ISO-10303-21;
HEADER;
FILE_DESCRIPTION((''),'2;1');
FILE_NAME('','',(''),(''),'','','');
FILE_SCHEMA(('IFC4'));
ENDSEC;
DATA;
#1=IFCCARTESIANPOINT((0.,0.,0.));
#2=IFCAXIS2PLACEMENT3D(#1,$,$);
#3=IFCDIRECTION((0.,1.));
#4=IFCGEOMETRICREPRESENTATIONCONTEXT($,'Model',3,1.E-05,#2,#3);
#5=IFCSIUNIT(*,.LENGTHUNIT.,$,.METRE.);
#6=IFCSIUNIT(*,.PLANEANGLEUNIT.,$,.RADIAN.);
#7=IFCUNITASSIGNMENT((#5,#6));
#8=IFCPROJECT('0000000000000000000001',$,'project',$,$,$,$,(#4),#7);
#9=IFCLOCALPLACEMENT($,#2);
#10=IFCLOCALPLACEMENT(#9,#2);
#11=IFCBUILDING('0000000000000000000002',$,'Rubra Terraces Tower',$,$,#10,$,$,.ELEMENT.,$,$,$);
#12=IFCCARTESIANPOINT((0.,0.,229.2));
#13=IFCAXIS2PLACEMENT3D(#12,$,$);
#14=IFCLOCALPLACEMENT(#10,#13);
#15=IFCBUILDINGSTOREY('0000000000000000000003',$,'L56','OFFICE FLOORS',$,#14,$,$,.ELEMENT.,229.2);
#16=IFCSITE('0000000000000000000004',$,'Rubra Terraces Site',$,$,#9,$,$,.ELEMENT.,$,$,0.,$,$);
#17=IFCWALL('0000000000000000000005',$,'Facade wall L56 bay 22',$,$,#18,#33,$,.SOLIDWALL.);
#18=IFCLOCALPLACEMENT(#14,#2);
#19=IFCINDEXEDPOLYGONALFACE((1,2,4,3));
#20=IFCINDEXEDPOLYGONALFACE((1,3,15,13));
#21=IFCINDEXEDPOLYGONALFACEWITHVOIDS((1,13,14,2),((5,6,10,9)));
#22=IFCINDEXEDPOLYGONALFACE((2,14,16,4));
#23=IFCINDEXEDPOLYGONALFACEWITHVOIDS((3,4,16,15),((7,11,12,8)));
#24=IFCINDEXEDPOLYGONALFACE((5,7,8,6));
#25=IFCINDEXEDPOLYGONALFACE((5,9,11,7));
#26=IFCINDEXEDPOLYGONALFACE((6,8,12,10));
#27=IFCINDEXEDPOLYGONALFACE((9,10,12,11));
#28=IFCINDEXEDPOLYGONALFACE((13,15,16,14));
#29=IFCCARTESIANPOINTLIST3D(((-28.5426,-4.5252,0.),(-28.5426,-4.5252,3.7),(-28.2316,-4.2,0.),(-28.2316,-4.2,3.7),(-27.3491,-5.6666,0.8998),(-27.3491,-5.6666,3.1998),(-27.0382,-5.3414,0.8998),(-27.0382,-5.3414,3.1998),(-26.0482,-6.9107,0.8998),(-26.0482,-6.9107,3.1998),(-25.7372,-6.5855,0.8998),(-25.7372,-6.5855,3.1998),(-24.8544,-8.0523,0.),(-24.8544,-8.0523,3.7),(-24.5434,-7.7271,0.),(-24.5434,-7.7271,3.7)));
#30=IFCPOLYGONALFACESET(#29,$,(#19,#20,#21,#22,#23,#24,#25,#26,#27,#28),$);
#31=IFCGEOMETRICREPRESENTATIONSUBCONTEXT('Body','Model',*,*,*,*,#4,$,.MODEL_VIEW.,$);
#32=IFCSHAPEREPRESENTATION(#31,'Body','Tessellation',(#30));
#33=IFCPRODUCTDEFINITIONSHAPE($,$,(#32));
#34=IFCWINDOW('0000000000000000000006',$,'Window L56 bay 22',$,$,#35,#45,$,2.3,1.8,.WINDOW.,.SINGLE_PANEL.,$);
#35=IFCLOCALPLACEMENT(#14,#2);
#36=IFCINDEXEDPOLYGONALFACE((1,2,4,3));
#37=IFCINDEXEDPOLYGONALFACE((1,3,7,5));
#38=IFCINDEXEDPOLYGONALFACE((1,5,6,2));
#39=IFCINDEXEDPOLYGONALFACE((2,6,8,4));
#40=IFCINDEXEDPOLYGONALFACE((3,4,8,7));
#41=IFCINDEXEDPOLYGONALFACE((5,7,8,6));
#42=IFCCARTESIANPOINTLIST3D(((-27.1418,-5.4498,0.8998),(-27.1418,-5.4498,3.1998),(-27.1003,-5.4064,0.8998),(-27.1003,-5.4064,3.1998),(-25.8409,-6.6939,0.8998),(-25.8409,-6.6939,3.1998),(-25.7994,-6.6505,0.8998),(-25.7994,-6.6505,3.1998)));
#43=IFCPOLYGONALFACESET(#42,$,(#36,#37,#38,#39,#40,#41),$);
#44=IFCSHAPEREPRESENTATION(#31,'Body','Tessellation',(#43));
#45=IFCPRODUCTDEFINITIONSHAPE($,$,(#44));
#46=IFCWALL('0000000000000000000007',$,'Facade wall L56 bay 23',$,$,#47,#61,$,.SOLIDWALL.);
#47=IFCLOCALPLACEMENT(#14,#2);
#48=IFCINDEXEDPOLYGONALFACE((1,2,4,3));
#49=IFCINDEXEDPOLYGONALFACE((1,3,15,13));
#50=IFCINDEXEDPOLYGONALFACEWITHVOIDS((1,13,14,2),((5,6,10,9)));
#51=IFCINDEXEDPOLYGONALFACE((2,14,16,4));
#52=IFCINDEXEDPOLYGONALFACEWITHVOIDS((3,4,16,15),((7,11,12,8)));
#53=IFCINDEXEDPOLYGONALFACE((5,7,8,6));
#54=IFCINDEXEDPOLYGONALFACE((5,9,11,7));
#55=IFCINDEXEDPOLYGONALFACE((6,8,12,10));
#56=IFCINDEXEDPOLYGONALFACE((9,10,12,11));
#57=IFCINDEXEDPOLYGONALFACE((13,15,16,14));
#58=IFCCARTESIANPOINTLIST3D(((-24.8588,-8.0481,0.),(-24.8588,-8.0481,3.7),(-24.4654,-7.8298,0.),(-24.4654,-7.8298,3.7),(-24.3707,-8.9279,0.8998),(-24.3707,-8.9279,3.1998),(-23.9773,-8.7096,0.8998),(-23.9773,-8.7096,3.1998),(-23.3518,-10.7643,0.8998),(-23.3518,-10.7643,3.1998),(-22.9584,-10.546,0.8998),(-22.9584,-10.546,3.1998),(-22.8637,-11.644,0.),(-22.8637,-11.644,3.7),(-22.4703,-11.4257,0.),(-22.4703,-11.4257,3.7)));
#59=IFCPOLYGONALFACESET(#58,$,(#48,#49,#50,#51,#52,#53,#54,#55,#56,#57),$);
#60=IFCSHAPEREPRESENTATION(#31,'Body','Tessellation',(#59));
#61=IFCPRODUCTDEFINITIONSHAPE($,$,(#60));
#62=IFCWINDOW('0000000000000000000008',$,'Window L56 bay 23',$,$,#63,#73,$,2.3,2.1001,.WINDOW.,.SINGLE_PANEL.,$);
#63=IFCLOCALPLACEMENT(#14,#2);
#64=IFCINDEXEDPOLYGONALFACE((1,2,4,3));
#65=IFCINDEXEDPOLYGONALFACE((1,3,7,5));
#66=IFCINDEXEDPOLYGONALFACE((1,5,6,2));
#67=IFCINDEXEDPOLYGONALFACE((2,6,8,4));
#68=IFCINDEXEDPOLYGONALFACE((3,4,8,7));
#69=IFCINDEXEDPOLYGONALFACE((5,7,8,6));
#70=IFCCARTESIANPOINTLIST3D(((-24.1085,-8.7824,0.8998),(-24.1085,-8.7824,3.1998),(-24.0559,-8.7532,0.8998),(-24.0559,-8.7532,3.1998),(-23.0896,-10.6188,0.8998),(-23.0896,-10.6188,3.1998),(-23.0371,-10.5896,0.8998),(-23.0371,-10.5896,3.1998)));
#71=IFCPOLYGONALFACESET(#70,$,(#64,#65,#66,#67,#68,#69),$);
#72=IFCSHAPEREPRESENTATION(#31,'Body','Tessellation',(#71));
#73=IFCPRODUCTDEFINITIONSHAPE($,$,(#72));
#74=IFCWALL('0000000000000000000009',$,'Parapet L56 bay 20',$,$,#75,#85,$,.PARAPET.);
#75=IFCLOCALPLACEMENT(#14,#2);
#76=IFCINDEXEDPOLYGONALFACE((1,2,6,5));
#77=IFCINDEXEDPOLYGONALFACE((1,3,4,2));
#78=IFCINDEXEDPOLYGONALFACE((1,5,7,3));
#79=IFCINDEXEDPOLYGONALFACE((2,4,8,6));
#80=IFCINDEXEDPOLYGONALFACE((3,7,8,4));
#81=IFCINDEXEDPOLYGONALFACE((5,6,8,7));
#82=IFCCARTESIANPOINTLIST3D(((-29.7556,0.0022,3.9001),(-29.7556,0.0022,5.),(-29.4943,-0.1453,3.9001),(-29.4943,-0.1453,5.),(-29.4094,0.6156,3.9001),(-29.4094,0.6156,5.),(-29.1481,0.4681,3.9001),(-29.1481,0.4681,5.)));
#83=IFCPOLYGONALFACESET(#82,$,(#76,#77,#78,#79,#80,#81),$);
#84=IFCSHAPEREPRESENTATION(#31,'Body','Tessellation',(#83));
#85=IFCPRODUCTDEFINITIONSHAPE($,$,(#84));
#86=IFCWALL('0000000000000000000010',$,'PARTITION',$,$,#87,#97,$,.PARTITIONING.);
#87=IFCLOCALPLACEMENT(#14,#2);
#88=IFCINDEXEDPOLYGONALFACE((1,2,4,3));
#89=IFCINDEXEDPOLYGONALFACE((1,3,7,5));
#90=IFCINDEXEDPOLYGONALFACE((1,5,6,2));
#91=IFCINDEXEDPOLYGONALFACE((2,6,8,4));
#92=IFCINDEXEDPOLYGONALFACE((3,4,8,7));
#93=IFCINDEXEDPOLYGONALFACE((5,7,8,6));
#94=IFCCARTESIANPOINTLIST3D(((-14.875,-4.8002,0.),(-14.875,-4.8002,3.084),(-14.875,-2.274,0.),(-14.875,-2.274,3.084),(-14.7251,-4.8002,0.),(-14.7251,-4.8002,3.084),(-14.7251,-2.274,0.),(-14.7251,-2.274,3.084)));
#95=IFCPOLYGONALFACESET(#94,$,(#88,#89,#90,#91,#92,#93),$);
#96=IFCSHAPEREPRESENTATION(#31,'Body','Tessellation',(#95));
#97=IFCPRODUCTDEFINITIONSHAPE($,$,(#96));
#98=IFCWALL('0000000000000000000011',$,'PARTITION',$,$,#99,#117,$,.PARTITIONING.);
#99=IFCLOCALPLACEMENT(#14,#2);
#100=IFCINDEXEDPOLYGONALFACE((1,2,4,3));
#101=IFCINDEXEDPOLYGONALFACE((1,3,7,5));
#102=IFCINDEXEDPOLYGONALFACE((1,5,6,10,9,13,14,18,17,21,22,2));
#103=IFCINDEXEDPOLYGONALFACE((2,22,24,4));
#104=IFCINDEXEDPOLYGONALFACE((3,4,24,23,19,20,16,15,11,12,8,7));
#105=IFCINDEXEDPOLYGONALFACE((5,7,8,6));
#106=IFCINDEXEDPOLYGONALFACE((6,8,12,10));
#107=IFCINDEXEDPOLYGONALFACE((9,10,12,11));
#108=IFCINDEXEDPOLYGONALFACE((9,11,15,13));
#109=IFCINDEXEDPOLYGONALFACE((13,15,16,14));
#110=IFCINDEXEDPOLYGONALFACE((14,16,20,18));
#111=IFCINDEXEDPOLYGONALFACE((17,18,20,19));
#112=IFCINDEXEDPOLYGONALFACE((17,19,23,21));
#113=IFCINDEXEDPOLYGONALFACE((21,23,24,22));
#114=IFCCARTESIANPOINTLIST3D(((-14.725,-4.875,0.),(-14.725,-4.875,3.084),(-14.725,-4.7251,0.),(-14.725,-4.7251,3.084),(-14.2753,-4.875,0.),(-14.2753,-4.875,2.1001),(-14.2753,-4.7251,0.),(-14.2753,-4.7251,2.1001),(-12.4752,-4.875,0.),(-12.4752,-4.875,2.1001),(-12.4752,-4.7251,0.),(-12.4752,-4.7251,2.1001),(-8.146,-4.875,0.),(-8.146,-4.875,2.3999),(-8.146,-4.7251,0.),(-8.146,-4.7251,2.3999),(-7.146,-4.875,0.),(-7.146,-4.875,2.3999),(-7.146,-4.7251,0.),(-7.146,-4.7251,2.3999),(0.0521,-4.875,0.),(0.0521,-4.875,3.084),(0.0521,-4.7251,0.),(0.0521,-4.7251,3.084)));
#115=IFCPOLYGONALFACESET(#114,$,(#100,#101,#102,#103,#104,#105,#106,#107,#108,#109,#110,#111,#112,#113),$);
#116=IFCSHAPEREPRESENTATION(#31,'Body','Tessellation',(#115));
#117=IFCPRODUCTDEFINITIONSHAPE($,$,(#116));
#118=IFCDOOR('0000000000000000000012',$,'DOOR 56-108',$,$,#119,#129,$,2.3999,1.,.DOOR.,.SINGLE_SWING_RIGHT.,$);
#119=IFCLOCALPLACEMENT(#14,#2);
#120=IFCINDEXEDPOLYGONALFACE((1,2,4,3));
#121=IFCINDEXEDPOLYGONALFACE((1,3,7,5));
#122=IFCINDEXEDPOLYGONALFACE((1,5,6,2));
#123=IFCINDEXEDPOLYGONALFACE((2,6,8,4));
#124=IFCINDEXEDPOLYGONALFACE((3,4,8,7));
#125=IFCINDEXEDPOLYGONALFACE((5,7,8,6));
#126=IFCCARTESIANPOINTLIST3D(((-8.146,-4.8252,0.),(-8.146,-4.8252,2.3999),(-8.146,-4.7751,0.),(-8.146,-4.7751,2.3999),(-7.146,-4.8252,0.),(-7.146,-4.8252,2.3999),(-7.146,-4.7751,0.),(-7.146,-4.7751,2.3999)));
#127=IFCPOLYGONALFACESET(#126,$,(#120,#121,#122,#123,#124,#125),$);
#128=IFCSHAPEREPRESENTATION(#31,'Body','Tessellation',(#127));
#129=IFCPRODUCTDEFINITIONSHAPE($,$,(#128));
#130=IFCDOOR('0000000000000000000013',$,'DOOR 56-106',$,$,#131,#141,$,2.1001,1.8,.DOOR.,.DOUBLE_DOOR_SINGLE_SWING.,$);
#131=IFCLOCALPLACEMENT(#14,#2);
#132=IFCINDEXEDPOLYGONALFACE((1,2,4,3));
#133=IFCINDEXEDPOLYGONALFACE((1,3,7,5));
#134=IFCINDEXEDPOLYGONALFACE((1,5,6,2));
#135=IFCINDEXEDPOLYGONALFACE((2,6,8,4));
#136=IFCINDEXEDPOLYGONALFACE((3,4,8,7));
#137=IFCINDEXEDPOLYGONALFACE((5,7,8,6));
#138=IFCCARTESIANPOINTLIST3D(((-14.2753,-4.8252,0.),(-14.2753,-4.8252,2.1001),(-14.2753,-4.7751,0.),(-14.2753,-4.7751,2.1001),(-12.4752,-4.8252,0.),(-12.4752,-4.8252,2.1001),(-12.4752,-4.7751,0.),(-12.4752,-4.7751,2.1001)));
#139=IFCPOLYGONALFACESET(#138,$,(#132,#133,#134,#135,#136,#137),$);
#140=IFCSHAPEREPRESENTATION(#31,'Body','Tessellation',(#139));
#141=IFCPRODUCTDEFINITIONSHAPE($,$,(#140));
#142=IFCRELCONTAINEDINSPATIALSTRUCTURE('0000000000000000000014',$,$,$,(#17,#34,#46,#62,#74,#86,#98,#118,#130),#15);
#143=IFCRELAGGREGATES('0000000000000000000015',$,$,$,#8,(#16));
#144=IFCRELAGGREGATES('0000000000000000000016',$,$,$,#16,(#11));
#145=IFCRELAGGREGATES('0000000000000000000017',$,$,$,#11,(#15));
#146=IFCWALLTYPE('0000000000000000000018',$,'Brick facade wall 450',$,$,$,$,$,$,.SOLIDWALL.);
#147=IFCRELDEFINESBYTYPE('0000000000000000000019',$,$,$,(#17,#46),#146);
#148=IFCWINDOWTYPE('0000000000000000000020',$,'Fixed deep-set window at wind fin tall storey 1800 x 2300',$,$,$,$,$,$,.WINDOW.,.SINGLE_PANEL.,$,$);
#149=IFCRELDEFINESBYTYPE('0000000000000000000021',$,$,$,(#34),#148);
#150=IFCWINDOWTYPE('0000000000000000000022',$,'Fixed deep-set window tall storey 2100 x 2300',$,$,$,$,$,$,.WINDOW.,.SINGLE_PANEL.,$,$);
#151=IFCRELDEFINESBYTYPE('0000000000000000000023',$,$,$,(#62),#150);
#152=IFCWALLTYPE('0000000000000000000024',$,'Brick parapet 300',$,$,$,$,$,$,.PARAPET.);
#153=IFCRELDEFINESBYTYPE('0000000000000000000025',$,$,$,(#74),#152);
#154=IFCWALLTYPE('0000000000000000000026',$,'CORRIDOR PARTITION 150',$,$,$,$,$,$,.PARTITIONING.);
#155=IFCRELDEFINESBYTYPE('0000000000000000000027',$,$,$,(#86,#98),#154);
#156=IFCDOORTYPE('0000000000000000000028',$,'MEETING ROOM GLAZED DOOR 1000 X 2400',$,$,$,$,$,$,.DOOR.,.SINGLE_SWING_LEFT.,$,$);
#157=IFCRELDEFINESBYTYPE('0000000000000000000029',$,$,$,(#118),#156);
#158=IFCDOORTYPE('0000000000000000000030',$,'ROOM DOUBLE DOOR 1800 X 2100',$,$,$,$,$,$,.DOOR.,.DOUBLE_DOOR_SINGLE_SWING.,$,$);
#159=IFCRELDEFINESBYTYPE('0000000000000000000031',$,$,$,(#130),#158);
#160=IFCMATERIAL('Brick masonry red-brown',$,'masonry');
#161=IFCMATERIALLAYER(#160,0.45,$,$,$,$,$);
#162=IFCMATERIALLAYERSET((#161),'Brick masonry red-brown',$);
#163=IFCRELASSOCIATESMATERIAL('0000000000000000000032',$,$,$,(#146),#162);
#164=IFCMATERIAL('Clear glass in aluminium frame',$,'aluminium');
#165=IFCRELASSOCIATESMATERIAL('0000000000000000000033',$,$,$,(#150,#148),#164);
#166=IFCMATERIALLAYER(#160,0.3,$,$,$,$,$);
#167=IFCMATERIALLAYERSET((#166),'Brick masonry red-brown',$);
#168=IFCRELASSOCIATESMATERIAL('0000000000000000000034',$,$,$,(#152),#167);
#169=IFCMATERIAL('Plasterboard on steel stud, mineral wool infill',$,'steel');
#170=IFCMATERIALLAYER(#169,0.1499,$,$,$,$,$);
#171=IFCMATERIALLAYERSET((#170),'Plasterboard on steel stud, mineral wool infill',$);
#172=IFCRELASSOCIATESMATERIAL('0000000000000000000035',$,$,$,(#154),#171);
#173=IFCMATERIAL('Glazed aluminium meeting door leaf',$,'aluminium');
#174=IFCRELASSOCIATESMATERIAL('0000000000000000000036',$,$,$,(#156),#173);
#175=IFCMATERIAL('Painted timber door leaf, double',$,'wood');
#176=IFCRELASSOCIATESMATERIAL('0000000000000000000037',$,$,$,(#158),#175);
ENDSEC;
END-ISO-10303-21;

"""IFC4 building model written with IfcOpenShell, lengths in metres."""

from ifc_helpers import new_model, si_unit, direction, frame, frame_2d, origin, place, context, subcontext, project, spatial, rectangle, extrude, material, layer, layer_set, type_object, element, fill, save


model = new_model("IFC4")

# Units and contexts
model_context = context("Model", 3, precision=1e-05, world=origin(), true_north=direction((0.0, 1.0)))
body_context = subcontext(model_context, "Body", "Model", "MODEL_VIEW")
ifc_project = project(units=[si_unit("LENGTHUNIT", "METRE"), si_unit("PLANEANGLEUNIT", "RADIAN")], contexts=[model_context])

# Site, building, storey
site_placement = place(None, origin())
site = spatial("IfcSite", under=ifc_project, at=site_placement, Name="Rubra Terraces Site", CompositionType="ELEMENT", RefElevation=0.0)
building_placement = place(site_placement, origin())
building = spatial("IfcBuilding", under=site, at=building_placement, Name="Rubra Terraces Tower", CompositionType="ELEMENT")
storey_placement = place(building_placement, frame((0.0, 0.0, 229.2)))
storey = spatial("IfcBuildingStorey", under=building, at=storey_placement, Name="L56", Description="OFFICE FLOORS", CompositionType="ELEMENT", Elevation=229.2)

# Walls, openings, windows
ifc_material_1 = material(Name="Brick masonry red-brown", Category="masonry")
ifc_layer_1 = layer(ifc_material_1, 0.45)
ifc_layer_set_1 = layer_set([ifc_layer_1], Name="Brick masonry red-brown")
wall_type_1 = type_object("IfcWallType", Name="Brick facade wall 450", PredefinedType="SOLIDWALL", material=ifc_layer_set_1)
ifc_material_2 = material(Name="Clear glass in aluminium frame", Category="aluminium")
window_type_1 = type_object("IfcWindowType", Name="Fixed deep-set window tall storey 2100 x 2300", PartitioningType="SINGLE_PANEL", PredefinedType="WINDOW", material=ifc_material_2)
wall_1_placement = place(storey_placement, frame((-28.3872, -4.3625, 0.0), z_axis=(0.0, 0.0, 1.0), x_axis=(0.722718, -0.691143, 0.0)))
wall_1 = element("IfcWall", 1, at=wall_1_placement, inside=storey, type_object=wall_type_1, Name="Facade wall L56 bay 22", PredefinedType="SOLIDWALL", context=body_context, shape_type="SweptSolid", body=[
    extrude(rectangle(XDim=5.1033, YDim=0.45, at=frame_2d((2.5518, 0.0))), origin(), (0.0, 0.0, 1.0), 3.7),
])
opening_1_placement = place(wall_1_placement, frame((1.6516, 0.0, 0.8999)))
opening_1 = element("IfcOpeningElement", 2, at=opening_1_placement, cuts=wall_1, PredefinedType="OPENING", context=body_context, shape_type="SweptSolid", body=[
    extrude(rectangle(XDim=1.8, YDim=2.3, at=frame_2d((0.8999, 1.1499))), frame((0.0, 0.2349, 0.0), z_axis=(0.0, -1.0, 0.0), x_axis=(1.0, 0.0, 0.0)), (0.0, 0.0, 1.0), 0.47),
])
window_type_2 = type_object("IfcWindowType", Name="Fixed deep-set window at wind fin tall storey 1800 x 2300", PartitioningType="SINGLE_PANEL", PredefinedType="WINDOW", material=ifc_material_2)
window_1_placement = place(opening_1_placement, origin())
window_1 = element("IfcWindow", 3, at=window_1_placement, inside=storey, type_object=window_type_2, Name="Window L56 bay 22", OverallHeight=2.3, OverallWidth=1.8, PartitioningType="SINGLE_PANEL", PredefinedType="WINDOW", context=body_context, shape_type="SweptSolid", body=[
    extrude(rectangle(XDim=1.8, YDim=2.3, at=frame_2d((0.8999, 1.1499))), frame((0.0, 0.135, 0.0), z_axis=(0.0, -1.0, 0.0), x_axis=(1.0, 0.0, 0.0)), (0.0, 0.0, 1.0), 0.0601),
])
fill(opening_1, window_1)
wall_2_placement = place(storey_placement, frame((-24.6621, -7.939, 0.0), z_axis=(0.0, 0.0, 1.0), x_axis=(0.485154, -0.874429, 0.0)))
wall_2 = element("IfcWall", 4, at=wall_2_placement, inside=storey, type_object=wall_type_1, Name="Facade wall L56 bay 23", PredefinedType="SOLIDWALL", context=body_context, shape_type="SweptSolid", body=[
    extrude(rectangle(XDim=4.1123, YDim=0.45, at=frame_2d((2.0562, 0.0))), origin(), (0.0, 0.0, 1.0), 3.7),
])
opening_2_placement = place(wall_2_placement, frame((1.0061, 0.0, 0.8999)))
opening_2 = element("IfcOpeningElement", 5, at=opening_2_placement, cuts=wall_2, PredefinedType="OPENING", context=body_context, shape_type="SweptSolid", body=[
    extrude(rectangle(XDim=2.1001, YDim=2.3, at=frame_2d((1.05, 1.1499))), frame((0.0, 0.2349, 0.0), z_axis=(0.0, -1.0, 0.0), x_axis=(1.0, 0.0, 0.0)), (0.0, 0.0, 1.0), 0.47),
])
window_2_placement = place(opening_2_placement, origin())
window_2 = element("IfcWindow", 6, at=window_2_placement, inside=storey, type_object=window_type_1, Name="Window L56 bay 23", OverallHeight=2.3, OverallWidth=2.1001, PartitioningType="SINGLE_PANEL", PredefinedType="WINDOW", context=body_context, shape_type="SweptSolid", body=[
    extrude(rectangle(XDim=2.1001, YDim=2.3, at=frame_2d((1.05, 1.1499))), frame((0.0, 0.135, 0.0), z_axis=(0.0, -1.0, 0.0), x_axis=(1.0, 0.0, 0.0)), (0.0, 0.0, 1.0), 0.0601),
])
fill(opening_2, window_2)

# Walls
ifc_layer_2 = layer(ifc_material_1, 0.3)
ifc_layer_set_2 = layer_set([ifc_layer_2], Name="Brick masonry red-brown")
wall_type_2 = type_object("IfcWallType", Name="Brick parapet 300", PredefinedType="PARAPET", material=ifc_layer_set_2)
wall_3_placement = place(storey_placement, frame((-29.2788, 0.5417, 3.9001), z_axis=(0.0, 0.0, 1.0), x_axis=(-0.491577, -0.870834, 0.0)))
element("IfcWall", 7, at=wall_3_placement, inside=storey, type_object=wall_type_2, Name="Parapet L56 bay 20", PredefinedType="PARAPET", context=body_context, shape_type="SweptSolid", body=[
    extrude(rectangle(XDim=0.7043, YDim=0.3, at=frame_2d((0.3521, 0.0))), origin(), (0.0, 0.0, 1.0), 1.0999),
])
ifc_material_3 = material(Name="Plasterboard on steel stud, mineral wool infill", Category="steel")
ifc_layer_3 = layer(ifc_material_3, 0.1499)
ifc_layer_set_3 = layer_set([ifc_layer_3], Name="Plasterboard on steel stud, mineral wool infill")
wall_type_3 = type_object("IfcWallType", Name="CORRIDOR PARTITION 150", PredefinedType="PARTITIONING", material=ifc_layer_set_3)
wall_4_placement = place(storey_placement, frame((-14.8, -2.2739, 0.0), z_axis=(0.0, 0.0, 1.0), x_axis=(0.0, -1.0, 0.0)))
element("IfcWall", 8, at=wall_4_placement, inside=storey, type_object=wall_type_3, Name="PARTITION", PredefinedType="PARTITIONING", context=body_context, shape_type="SweptSolid", body=[
    extrude(rectangle(XDim=2.5261, YDim=0.1499, at=frame_2d((1.2632, 0.0))), origin(), (0.0, 0.0, 1.0), 3.084),
])

# Wall, openings, doors
wall_5_placement = place(storey_placement, frame((-14.7251, -4.8, 0.0), z_axis=(0.0, 0.0, 1.0), x_axis=(1.0, 0.0, 0.0)))
wall_5 = element("IfcWall", 9, at=wall_5_placement, inside=storey, type_object=wall_type_3, Name="PARTITION", PredefinedType="PARTITIONING", context=body_context, shape_type="SweptSolid", body=[
    extrude(rectangle(XDim=14.7771, YDim=0.1499, at=frame_2d((7.3887, 0.0))), origin(), (0.0, 0.0, 1.0), 3.084),
])
opening_3_placement = place(wall_5_placement, frame((0.45, 0.0, 0.0)))
opening_3 = element("IfcOpeningElement", 10, at=opening_3_placement, cuts=wall_5, PredefinedType="OPENING", context=body_context, shape_type="SweptSolid", body=[
    extrude(rectangle(XDim=1.8, YDim=2.1001, at=frame_2d((0.8999, 1.05))), frame((0.0, 0.085, 0.0), z_axis=(0.0, -1.0, 0.0), x_axis=(1.0, 0.0, 0.0)), (0.0, 0.0, 1.0), 0.1699),
])
opening_4_placement = place(wall_5_placement, frame((6.5791, 0.0, 0.0)))
opening_4 = element("IfcOpeningElement", 11, at=opening_4_placement, cuts=wall_5, PredefinedType="OPENING", context=body_context, shape_type="SweptSolid", body=[
    extrude(rectangle(XDim=1.0, YDim=2.3999, at=frame_2d((0.5, 1.2))), frame((0.0, 0.085, 0.0), z_axis=(0.0, -1.0, 0.0), x_axis=(1.0, 0.0, 0.0)), (0.0, 0.0, 1.0), 0.1699),
])
ifc_material_4 = material(Name="Glazed aluminium meeting door leaf", Category="aluminium")
door_type_1 = type_object("IfcDoorType", Name="MEETING ROOM GLAZED DOOR 1000 X 2400", OperationType="SINGLE_SWING_LEFT", PredefinedType="DOOR", material=ifc_material_4)
door_1_placement = place(opening_4_placement, origin())
door_1 = element("IfcDoor", 12, at=door_1_placement, inside=storey, type_object=door_type_1, Name="DOOR 56-108", OperationType="SINGLE_SWING_RIGHT", OverallHeight=2.3999, OverallWidth=1.0, PredefinedType="DOOR", context=body_context, shape_type="SweptSolid", body=[
    extrude(rectangle(XDim=1.0, YDim=2.3999, at=frame_2d((0.5, 1.2))), frame((0.0, 0.0249, 0.0), z_axis=(0.0, -1.0, 0.0), x_axis=(1.0, 0.0, 0.0)), (0.0, 0.0, 1.0), 0.05),
])
fill(opening_4, door_1)
ifc_material_5 = material(Name="Painted timber door leaf, double", Category="wood")
door_type_2 = type_object("IfcDoorType", Name="ROOM DOUBLE DOOR 1800 X 2100", OperationType="DOUBLE_DOOR_SINGLE_SWING", PredefinedType="DOOR", material=ifc_material_5)
door_2_placement = place(opening_3_placement, origin())
door_2 = element("IfcDoor", 13, at=door_2_placement, inside=storey, type_object=door_type_2, Name="DOOR 56-106", OperationType="DOUBLE_DOOR_SINGLE_SWING", OverallHeight=2.1001, OverallWidth=1.8, PredefinedType="DOOR", context=body_context, shape_type="SweptSolid", body=[
    extrude(rectangle(XDim=1.8, YDim=2.1001, at=frame_2d((0.8999, 1.05))), frame((0.0, 0.0249, 0.0), z_axis=(0.0, -1.0, 0.0), x_axis=(1.0, 0.0, 0.0)), (0.0, 0.0, 1.0), 0.05),
])
fill(opening_3, door_2)

save(model, "model.ifc")
